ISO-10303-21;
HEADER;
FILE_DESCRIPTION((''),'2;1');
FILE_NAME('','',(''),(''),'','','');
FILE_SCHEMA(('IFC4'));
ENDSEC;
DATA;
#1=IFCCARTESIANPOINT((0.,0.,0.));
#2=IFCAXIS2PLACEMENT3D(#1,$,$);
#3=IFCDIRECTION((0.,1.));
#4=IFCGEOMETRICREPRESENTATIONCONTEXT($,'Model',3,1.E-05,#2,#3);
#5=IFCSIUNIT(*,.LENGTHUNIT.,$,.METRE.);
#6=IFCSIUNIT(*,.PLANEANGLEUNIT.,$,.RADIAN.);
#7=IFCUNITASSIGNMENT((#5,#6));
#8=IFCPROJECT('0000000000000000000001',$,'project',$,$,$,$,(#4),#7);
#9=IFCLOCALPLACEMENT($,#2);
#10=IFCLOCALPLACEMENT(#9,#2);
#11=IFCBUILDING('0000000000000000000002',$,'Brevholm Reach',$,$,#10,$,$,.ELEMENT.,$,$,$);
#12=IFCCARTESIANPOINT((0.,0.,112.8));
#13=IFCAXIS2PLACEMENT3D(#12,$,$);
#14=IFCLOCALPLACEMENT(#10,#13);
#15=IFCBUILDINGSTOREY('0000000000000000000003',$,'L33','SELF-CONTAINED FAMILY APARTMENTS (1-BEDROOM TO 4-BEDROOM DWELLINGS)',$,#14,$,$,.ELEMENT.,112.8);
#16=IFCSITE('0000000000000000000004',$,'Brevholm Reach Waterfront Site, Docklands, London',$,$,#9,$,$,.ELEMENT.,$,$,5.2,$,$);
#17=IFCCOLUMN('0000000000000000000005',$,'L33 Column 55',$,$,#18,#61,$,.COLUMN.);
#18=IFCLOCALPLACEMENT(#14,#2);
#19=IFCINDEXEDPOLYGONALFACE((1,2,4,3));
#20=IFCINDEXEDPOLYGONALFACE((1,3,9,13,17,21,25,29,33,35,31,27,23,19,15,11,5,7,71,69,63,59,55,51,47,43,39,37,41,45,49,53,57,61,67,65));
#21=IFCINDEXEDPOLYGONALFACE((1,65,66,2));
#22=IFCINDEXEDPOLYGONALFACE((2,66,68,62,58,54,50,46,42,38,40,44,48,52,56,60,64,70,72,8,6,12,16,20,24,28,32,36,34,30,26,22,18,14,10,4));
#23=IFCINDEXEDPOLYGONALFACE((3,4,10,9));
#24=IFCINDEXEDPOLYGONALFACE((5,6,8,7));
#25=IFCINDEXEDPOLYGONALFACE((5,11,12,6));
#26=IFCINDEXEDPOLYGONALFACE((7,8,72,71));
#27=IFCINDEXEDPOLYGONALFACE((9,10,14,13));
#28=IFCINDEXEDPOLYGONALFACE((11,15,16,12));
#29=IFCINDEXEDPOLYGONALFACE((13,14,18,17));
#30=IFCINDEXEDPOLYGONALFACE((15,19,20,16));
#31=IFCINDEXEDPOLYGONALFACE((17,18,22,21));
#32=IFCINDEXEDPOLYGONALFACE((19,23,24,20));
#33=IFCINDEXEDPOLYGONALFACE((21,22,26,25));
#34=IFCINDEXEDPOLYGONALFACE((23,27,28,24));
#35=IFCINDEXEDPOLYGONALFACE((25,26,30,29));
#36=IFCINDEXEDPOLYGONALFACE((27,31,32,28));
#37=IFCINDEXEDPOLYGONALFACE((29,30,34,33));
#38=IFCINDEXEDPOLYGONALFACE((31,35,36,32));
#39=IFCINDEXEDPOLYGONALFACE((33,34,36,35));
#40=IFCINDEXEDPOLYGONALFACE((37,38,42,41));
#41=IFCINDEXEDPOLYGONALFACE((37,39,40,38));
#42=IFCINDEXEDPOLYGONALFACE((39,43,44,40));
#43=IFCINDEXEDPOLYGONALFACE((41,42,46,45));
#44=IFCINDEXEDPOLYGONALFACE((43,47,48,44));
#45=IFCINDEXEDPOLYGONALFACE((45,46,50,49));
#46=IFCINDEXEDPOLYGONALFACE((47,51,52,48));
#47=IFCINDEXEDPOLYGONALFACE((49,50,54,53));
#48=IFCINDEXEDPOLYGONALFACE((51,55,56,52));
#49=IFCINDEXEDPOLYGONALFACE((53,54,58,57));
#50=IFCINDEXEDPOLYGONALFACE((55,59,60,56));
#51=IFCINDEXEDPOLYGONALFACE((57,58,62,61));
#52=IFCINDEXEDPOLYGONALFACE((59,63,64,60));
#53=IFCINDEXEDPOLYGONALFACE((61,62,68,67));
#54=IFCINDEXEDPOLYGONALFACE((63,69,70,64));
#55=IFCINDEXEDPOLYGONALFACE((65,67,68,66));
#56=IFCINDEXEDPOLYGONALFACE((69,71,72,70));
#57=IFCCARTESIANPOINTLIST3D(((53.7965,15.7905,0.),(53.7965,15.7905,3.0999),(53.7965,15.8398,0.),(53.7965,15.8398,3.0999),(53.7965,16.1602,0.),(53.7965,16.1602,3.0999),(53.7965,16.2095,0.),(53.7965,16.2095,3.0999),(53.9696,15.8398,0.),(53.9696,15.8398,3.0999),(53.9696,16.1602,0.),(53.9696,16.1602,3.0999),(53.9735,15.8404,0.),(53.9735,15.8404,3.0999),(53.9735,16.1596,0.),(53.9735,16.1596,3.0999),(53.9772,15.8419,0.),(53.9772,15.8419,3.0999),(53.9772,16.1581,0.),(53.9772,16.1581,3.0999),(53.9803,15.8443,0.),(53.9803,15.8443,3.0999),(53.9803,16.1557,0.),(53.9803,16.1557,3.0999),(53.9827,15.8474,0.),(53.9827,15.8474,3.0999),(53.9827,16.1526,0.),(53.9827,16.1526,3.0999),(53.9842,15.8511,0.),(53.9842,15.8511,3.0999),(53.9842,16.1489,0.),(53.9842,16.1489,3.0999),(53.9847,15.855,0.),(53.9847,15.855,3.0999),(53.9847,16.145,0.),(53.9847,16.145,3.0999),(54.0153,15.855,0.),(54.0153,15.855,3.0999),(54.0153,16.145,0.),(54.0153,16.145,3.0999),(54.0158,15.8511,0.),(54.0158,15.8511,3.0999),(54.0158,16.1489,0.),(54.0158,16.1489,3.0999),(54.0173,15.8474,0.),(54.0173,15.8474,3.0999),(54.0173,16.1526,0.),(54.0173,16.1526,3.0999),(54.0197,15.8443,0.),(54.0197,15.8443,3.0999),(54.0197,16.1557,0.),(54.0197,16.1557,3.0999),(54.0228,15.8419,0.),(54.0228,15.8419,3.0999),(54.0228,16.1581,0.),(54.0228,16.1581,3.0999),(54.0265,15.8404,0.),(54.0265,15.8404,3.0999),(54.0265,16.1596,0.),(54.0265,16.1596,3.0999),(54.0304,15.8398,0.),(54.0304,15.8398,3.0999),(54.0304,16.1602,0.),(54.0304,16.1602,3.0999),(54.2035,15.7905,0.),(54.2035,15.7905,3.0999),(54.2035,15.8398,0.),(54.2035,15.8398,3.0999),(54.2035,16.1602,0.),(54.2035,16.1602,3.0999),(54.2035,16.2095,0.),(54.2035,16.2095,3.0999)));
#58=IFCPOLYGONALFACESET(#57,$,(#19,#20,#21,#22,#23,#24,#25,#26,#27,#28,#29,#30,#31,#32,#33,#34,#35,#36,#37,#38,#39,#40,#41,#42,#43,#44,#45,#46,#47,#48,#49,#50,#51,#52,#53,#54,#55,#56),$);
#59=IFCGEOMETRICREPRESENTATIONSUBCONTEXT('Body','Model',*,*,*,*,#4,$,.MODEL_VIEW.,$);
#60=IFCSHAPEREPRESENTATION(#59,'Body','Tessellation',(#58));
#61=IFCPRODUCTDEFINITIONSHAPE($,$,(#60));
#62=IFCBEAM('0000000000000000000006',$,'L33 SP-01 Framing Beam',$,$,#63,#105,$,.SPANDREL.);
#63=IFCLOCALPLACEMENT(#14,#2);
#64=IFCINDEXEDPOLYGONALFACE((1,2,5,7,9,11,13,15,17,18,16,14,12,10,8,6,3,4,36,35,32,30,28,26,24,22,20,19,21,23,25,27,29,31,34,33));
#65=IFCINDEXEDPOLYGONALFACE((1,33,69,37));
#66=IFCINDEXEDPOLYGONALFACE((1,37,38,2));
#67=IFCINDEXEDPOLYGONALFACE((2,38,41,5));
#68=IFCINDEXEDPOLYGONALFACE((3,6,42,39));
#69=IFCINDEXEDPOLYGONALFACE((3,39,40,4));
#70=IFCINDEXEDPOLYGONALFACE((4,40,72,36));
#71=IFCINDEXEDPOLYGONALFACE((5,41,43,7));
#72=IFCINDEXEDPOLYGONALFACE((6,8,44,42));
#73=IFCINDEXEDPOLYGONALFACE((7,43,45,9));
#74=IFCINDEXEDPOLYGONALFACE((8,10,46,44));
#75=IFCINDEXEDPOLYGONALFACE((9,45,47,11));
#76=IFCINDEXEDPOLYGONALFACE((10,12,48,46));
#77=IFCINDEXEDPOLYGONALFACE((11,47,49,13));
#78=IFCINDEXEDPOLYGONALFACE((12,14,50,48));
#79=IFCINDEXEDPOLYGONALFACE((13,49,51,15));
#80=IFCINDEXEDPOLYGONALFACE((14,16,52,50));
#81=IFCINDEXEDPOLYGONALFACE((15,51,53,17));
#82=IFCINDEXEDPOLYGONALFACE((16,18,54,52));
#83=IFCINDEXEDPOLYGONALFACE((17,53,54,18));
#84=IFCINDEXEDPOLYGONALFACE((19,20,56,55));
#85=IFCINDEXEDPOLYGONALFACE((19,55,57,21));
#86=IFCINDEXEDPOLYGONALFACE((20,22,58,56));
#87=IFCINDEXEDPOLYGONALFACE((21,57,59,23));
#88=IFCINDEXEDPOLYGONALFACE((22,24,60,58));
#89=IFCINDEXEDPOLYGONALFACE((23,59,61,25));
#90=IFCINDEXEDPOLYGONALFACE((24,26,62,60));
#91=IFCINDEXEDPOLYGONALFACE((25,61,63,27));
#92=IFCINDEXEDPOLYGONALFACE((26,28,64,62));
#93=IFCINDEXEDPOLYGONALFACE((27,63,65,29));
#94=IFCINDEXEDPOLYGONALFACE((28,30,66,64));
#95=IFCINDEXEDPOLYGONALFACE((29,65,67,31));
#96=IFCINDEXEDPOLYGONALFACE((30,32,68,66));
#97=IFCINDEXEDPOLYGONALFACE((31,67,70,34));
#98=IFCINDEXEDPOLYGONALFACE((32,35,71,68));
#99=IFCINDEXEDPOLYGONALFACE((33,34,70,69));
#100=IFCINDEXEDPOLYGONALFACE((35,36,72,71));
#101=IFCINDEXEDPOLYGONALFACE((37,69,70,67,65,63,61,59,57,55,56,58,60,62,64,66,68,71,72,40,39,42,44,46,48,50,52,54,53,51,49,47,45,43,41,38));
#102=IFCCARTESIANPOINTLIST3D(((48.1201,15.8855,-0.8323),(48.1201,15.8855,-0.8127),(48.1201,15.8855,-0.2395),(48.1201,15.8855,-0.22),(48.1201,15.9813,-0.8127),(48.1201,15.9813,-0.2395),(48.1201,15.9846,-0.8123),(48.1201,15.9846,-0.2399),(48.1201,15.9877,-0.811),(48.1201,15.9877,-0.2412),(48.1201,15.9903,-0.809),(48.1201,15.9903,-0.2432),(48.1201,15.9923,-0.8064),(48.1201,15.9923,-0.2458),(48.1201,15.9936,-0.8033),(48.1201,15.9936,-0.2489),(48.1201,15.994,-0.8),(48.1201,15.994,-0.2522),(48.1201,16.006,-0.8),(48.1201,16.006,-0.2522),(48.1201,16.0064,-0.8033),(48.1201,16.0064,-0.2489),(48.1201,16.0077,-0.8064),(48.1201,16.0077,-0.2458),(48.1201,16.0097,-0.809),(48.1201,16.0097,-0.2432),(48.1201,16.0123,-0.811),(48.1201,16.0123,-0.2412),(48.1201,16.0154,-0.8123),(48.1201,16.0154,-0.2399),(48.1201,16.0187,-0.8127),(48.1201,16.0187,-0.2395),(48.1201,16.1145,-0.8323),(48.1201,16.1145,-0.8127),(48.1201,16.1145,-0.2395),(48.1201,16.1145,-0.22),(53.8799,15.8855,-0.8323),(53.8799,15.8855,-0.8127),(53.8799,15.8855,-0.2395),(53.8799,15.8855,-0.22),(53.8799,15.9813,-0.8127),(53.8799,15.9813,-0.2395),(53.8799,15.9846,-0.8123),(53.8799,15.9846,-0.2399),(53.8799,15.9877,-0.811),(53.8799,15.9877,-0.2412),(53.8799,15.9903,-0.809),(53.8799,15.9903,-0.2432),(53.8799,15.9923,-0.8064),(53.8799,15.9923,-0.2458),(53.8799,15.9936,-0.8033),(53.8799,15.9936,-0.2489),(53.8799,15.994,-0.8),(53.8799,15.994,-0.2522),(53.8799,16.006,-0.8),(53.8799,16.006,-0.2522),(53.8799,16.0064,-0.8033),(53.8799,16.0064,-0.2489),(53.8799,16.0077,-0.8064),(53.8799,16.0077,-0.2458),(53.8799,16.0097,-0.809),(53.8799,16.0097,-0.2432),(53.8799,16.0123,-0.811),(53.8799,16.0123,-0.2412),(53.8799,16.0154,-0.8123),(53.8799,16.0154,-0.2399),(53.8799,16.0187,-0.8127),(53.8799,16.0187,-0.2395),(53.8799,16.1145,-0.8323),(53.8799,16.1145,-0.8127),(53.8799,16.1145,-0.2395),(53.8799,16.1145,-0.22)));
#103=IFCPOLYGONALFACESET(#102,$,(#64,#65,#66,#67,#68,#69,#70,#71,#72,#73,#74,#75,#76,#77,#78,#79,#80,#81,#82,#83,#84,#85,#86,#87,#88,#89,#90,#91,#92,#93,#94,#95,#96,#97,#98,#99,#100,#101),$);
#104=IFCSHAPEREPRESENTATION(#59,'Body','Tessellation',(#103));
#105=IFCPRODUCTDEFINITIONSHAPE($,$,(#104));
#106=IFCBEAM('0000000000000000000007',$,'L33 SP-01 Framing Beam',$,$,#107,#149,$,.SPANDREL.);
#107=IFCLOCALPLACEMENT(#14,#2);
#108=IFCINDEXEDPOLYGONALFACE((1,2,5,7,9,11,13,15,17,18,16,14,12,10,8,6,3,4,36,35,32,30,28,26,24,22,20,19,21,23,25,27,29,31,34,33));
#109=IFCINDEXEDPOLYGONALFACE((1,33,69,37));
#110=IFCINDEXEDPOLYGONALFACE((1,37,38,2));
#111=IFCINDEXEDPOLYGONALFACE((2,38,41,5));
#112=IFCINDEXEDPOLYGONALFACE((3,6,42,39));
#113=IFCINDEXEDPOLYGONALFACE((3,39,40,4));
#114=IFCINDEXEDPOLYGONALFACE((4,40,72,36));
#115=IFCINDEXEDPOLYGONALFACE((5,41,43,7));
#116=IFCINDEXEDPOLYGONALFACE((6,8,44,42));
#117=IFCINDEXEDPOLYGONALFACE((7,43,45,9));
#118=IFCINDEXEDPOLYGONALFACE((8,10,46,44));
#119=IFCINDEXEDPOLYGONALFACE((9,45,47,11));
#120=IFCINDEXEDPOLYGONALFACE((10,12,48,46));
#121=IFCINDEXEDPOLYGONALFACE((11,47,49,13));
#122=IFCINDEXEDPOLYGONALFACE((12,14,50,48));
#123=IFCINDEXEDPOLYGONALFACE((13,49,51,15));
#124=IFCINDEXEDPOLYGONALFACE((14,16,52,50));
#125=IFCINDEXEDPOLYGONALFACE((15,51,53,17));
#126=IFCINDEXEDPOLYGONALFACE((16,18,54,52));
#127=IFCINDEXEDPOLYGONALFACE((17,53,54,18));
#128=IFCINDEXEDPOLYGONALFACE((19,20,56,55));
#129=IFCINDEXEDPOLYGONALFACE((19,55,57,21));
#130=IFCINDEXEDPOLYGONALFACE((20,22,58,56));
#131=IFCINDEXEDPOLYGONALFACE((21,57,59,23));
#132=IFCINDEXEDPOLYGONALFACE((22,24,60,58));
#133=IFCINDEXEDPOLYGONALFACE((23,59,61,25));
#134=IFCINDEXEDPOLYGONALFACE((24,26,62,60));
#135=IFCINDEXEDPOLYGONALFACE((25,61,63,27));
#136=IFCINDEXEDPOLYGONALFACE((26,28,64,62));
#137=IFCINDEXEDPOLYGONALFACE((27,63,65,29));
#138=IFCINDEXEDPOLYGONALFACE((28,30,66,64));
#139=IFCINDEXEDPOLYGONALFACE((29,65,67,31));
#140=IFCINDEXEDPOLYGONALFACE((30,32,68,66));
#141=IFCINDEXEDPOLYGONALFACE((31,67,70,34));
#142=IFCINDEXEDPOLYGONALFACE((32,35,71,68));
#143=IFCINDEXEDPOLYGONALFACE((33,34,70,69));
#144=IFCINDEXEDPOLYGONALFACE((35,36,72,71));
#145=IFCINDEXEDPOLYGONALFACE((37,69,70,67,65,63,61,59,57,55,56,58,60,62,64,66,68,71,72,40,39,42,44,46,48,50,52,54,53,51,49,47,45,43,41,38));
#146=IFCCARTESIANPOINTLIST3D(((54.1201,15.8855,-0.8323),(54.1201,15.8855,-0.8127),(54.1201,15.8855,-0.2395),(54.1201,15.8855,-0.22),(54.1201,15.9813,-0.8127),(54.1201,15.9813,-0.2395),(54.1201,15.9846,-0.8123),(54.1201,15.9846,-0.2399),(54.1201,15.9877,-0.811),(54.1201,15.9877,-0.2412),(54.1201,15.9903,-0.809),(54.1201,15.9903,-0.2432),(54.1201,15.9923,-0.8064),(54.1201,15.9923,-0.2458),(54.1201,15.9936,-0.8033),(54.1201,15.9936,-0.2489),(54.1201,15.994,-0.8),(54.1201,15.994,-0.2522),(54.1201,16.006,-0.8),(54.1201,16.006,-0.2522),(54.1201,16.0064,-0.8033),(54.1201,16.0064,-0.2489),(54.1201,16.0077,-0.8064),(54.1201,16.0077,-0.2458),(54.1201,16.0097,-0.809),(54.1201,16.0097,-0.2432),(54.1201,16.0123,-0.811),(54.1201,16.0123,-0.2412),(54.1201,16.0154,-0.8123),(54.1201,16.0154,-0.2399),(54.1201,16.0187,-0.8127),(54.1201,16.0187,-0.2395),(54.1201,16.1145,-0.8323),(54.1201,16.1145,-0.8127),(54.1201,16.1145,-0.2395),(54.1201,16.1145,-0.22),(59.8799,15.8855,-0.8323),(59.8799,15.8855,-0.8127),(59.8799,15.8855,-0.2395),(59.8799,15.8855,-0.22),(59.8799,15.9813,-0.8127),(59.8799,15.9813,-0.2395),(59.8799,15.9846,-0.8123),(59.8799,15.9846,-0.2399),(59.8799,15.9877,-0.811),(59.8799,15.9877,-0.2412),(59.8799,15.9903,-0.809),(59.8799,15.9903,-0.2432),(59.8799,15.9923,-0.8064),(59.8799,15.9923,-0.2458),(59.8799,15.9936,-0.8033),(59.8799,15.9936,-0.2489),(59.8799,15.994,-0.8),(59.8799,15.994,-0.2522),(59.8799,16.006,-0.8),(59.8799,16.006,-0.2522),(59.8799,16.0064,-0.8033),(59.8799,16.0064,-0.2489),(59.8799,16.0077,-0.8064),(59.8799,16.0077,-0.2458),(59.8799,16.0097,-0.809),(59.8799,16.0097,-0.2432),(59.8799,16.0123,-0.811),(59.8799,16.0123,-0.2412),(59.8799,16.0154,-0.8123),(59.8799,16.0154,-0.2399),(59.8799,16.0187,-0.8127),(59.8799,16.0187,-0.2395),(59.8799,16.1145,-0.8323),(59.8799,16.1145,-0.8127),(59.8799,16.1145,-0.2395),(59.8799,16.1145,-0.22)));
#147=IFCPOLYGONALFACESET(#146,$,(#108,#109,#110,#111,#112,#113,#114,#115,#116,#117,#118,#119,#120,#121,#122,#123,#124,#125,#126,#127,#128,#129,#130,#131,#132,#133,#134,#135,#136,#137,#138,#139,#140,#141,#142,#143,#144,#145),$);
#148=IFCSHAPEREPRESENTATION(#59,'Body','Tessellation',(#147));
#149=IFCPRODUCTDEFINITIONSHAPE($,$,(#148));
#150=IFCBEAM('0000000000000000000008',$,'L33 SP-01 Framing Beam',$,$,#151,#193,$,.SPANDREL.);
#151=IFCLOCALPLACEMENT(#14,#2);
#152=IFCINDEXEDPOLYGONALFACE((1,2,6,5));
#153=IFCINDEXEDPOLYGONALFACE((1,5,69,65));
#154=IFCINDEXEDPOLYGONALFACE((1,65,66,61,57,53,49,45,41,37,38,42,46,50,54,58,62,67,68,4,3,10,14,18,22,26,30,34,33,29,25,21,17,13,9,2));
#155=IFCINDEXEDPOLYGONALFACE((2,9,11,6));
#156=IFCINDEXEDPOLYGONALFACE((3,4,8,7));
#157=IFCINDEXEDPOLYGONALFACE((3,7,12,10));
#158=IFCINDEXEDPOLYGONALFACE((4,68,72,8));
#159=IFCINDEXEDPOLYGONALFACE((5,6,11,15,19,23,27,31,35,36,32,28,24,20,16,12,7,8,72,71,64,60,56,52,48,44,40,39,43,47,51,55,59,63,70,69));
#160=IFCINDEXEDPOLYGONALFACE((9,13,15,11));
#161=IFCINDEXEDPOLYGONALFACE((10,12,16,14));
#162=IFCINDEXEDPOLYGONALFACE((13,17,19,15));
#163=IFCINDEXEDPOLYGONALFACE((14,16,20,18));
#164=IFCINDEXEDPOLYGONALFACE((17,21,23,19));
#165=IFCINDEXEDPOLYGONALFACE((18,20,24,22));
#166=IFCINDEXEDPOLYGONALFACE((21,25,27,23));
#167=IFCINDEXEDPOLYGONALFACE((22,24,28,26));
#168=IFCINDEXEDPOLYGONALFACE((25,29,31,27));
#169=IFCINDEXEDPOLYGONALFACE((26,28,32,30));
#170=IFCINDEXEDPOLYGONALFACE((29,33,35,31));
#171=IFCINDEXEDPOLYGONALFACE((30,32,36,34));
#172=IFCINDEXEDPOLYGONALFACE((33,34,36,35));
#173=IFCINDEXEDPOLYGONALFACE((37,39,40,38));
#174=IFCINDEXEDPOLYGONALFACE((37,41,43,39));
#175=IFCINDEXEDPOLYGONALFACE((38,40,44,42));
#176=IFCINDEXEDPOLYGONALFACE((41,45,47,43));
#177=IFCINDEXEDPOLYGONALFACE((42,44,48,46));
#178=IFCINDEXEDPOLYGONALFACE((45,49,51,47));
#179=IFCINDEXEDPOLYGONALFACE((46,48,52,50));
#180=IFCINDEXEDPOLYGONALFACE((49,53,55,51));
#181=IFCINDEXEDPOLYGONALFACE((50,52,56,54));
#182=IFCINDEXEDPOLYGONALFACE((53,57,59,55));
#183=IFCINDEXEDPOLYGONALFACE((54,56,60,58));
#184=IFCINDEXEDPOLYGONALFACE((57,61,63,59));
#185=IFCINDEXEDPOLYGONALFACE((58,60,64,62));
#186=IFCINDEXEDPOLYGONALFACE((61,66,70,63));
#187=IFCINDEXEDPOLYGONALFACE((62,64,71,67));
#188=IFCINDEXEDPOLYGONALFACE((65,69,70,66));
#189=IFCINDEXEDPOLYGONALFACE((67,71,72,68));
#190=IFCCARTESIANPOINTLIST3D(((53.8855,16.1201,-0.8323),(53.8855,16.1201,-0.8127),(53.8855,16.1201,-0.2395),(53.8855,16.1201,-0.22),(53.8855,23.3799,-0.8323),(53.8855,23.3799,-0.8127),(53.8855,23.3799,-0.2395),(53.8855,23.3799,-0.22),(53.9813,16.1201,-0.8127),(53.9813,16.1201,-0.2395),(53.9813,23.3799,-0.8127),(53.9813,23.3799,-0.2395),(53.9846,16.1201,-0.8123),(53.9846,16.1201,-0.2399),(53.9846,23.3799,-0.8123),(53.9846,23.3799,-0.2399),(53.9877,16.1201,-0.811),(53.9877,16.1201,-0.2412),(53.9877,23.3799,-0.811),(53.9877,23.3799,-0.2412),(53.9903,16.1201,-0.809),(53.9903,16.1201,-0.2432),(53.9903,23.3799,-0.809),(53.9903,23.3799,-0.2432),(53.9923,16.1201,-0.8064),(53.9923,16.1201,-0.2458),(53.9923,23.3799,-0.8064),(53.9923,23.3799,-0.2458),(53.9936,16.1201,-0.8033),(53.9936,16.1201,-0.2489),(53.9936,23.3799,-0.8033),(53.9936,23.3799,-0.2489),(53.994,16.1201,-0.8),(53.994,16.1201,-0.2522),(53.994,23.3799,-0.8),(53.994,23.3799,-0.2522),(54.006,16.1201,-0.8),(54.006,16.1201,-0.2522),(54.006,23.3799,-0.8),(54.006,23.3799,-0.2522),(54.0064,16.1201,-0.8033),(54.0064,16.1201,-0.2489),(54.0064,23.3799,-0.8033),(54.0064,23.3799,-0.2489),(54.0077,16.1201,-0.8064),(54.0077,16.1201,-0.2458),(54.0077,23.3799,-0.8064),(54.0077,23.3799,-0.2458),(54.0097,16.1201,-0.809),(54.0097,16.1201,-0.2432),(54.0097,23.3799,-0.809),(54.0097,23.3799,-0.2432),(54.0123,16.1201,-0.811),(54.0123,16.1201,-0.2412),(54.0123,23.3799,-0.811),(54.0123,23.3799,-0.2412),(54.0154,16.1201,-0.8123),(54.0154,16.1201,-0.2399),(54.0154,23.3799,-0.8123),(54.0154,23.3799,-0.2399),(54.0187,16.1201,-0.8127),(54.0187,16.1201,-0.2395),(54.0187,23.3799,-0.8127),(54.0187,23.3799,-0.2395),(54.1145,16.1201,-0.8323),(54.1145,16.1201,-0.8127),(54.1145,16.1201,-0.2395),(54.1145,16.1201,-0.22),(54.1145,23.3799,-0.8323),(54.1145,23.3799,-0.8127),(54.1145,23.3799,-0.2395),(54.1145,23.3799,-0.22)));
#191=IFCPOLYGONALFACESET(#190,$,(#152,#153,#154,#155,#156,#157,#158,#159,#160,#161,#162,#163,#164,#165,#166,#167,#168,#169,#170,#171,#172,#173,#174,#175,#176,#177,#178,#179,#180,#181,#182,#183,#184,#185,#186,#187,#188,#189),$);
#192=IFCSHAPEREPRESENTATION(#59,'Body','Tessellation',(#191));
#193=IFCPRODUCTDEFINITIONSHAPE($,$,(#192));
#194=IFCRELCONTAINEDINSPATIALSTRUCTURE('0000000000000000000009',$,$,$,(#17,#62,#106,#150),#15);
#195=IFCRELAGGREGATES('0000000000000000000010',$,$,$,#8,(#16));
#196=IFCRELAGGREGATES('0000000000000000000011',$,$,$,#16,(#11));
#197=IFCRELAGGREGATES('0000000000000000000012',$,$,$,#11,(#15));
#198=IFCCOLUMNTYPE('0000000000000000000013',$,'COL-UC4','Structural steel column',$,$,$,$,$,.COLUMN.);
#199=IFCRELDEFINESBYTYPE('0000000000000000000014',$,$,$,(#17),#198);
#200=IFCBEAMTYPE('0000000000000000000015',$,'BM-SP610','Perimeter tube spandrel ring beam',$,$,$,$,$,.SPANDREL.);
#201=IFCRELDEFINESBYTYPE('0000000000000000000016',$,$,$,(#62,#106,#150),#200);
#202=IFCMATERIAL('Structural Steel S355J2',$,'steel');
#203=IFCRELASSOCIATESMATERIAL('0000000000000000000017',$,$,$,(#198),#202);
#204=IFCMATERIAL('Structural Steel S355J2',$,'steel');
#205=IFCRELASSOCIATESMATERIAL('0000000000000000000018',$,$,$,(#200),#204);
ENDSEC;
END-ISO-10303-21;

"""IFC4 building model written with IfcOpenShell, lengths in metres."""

from ifc_helpers import new_model, si_unit, direction, frame, origin, origin_2d, place, context, subcontext, project, spatial, i_section, extrude, material, material_profile, profile_set, type_object, element, save


model = new_model("IFC4")

# Units and contexts
model_context = context("Model", 3, precision=1e-05, world=origin(), true_north=direction((0.0, 1.0)))
body_context = subcontext(model_context, "Body", "Model", "MODEL_VIEW")
ifc_project = project(units=[si_unit("LENGTHUNIT", "METRE"), si_unit("PLANEANGLEUNIT", "RADIAN")], contexts=[model_context])

# Site, building, storey
site_placement = place(None, origin())
site = spatial("IfcSite", under=ifc_project, at=site_placement, Name="Brevholm Reach Waterfront Site, Docklands, London", CompositionType="ELEMENT", RefElevation=5.2)
building_placement = place(site_placement, origin())
building = spatial("IfcBuilding", under=site, at=building_placement, Name="Brevholm Reach", CompositionType="ELEMENT")
storey_placement = place(building_placement, frame((0.0, 0.0, 112.8)))
storey = spatial("IfcBuildingStorey", under=building, at=storey_placement, Name="L33", Description="SELF-CONTAINED FAMILY APARTMENTS (1-BEDROOM TO 4-BEDROOM DWELLINGS)", CompositionType="ELEMENT", Elevation=112.8)

# Column
ifc_material_1 = material(Name="Structural Steel S355J2", Category="steel")
ifc_material_profile_1 = material_profile(ifc_material_1, i_section(OverallWidth=0.407, OverallDepth=0.4189, WebThickness=0.0305, FlangeThickness=0.0493, FilletRadius=0.0151, at=origin_2d()), Name="UKC 356x406x393")
ifc_profile_set_1 = profile_set([ifc_material_profile_1], Name="Structural Steel S355J2")
column_type = type_object("IfcColumnType", Name="COL-UC4", Description="Structural steel column", PredefinedType="COLUMN", material=ifc_profile_set_1)
column_placement = place(storey_placement, frame((54.0, 16.0, 0.0), z_axis=(0.0, 0.0, 1.0), x_axis=(1.0, 0.0, 0.0)))
element("IfcColumn", 1, at=column_placement, inside=storey, type_object=column_type, Name="L33 Column 55", PredefinedType="COLUMN", context=body_context, shape_type="SweptSolid", body=[
    extrude(i_section(OverallWidth=0.407, OverallDepth=0.4189, WebThickness=0.0305, FlangeThickness=0.0493, FilletRadius=0.0151, at=origin_2d()), origin(), (0.0, 0.0, 1.0), 3.0999),
])

# Beams
ifc_material_2 = material(Name="Structural Steel S355J2", Category="steel")
ifc_material_profile_2 = material_profile(ifc_material_2, i_section(OverallWidth=0.229, OverallDepth=0.6123, WebThickness=0.012, FlangeThickness=0.0195, FilletRadius=0.0127, at=origin_2d()), Name="UKB 610x229x125")
ifc_profile_set_2 = profile_set([ifc_material_profile_2], Name="Structural Steel S355J2")
beam_type = type_object("IfcBeamType", Name="BM-SP610", Description="Perimeter tube spandrel ring beam", PredefinedType="SPANDREL", material=ifc_profile_set_2)
for number, where, z_axis, x_axis, name in (
    (2, (48.1201, 16.0, -0.5261), (1.0, 0.0, 0.0), (0.0, 1.0, 0.0), "L33 SP-01 Framing Beam"),
    (3, (54.1201, 16.0, -0.5261), (1.0, 0.0, 0.0), (0.0, 1.0, 0.0), "L33 SP-01 Framing Beam"),
):
    element("IfcBeam", number, at=place(storey_placement, frame(where, z_axis=z_axis, x_axis=x_axis)), inside=storey, type_object=beam_type, Name=name, PredefinedType="SPANDREL", context=body_context, shape_type="SweptSolid", body=[
        extrude(i_section(OverallWidth=0.229, OverallDepth=0.6123, WebThickness=0.012, FlangeThickness=0.0195, FilletRadius=0.0127, at=origin_2d()), origin(), (0.0, 0.0, 1.0), 5.7598),
    ])
beam_placement = place(storey_placement, frame((54.0, 16.1201, -0.5261), z_axis=(0.0, 1.0, 0.0), x_axis=(-1.0, 0.0, 0.0)))
element("IfcBeam", 4, at=beam_placement, inside=storey, type_object=beam_type, Name="L33 SP-01 Framing Beam", PredefinedType="SPANDREL", context=body_context, shape_type="SweptSolid", body=[
    extrude(i_section(OverallWidth=0.229, OverallDepth=0.6123, WebThickness=0.012, FlangeThickness=0.0195, FilletRadius=0.0127, at=origin_2d()), origin(), (0.0, 0.0, 1.0), 7.2598),
])

save(model, "model.ifc")
